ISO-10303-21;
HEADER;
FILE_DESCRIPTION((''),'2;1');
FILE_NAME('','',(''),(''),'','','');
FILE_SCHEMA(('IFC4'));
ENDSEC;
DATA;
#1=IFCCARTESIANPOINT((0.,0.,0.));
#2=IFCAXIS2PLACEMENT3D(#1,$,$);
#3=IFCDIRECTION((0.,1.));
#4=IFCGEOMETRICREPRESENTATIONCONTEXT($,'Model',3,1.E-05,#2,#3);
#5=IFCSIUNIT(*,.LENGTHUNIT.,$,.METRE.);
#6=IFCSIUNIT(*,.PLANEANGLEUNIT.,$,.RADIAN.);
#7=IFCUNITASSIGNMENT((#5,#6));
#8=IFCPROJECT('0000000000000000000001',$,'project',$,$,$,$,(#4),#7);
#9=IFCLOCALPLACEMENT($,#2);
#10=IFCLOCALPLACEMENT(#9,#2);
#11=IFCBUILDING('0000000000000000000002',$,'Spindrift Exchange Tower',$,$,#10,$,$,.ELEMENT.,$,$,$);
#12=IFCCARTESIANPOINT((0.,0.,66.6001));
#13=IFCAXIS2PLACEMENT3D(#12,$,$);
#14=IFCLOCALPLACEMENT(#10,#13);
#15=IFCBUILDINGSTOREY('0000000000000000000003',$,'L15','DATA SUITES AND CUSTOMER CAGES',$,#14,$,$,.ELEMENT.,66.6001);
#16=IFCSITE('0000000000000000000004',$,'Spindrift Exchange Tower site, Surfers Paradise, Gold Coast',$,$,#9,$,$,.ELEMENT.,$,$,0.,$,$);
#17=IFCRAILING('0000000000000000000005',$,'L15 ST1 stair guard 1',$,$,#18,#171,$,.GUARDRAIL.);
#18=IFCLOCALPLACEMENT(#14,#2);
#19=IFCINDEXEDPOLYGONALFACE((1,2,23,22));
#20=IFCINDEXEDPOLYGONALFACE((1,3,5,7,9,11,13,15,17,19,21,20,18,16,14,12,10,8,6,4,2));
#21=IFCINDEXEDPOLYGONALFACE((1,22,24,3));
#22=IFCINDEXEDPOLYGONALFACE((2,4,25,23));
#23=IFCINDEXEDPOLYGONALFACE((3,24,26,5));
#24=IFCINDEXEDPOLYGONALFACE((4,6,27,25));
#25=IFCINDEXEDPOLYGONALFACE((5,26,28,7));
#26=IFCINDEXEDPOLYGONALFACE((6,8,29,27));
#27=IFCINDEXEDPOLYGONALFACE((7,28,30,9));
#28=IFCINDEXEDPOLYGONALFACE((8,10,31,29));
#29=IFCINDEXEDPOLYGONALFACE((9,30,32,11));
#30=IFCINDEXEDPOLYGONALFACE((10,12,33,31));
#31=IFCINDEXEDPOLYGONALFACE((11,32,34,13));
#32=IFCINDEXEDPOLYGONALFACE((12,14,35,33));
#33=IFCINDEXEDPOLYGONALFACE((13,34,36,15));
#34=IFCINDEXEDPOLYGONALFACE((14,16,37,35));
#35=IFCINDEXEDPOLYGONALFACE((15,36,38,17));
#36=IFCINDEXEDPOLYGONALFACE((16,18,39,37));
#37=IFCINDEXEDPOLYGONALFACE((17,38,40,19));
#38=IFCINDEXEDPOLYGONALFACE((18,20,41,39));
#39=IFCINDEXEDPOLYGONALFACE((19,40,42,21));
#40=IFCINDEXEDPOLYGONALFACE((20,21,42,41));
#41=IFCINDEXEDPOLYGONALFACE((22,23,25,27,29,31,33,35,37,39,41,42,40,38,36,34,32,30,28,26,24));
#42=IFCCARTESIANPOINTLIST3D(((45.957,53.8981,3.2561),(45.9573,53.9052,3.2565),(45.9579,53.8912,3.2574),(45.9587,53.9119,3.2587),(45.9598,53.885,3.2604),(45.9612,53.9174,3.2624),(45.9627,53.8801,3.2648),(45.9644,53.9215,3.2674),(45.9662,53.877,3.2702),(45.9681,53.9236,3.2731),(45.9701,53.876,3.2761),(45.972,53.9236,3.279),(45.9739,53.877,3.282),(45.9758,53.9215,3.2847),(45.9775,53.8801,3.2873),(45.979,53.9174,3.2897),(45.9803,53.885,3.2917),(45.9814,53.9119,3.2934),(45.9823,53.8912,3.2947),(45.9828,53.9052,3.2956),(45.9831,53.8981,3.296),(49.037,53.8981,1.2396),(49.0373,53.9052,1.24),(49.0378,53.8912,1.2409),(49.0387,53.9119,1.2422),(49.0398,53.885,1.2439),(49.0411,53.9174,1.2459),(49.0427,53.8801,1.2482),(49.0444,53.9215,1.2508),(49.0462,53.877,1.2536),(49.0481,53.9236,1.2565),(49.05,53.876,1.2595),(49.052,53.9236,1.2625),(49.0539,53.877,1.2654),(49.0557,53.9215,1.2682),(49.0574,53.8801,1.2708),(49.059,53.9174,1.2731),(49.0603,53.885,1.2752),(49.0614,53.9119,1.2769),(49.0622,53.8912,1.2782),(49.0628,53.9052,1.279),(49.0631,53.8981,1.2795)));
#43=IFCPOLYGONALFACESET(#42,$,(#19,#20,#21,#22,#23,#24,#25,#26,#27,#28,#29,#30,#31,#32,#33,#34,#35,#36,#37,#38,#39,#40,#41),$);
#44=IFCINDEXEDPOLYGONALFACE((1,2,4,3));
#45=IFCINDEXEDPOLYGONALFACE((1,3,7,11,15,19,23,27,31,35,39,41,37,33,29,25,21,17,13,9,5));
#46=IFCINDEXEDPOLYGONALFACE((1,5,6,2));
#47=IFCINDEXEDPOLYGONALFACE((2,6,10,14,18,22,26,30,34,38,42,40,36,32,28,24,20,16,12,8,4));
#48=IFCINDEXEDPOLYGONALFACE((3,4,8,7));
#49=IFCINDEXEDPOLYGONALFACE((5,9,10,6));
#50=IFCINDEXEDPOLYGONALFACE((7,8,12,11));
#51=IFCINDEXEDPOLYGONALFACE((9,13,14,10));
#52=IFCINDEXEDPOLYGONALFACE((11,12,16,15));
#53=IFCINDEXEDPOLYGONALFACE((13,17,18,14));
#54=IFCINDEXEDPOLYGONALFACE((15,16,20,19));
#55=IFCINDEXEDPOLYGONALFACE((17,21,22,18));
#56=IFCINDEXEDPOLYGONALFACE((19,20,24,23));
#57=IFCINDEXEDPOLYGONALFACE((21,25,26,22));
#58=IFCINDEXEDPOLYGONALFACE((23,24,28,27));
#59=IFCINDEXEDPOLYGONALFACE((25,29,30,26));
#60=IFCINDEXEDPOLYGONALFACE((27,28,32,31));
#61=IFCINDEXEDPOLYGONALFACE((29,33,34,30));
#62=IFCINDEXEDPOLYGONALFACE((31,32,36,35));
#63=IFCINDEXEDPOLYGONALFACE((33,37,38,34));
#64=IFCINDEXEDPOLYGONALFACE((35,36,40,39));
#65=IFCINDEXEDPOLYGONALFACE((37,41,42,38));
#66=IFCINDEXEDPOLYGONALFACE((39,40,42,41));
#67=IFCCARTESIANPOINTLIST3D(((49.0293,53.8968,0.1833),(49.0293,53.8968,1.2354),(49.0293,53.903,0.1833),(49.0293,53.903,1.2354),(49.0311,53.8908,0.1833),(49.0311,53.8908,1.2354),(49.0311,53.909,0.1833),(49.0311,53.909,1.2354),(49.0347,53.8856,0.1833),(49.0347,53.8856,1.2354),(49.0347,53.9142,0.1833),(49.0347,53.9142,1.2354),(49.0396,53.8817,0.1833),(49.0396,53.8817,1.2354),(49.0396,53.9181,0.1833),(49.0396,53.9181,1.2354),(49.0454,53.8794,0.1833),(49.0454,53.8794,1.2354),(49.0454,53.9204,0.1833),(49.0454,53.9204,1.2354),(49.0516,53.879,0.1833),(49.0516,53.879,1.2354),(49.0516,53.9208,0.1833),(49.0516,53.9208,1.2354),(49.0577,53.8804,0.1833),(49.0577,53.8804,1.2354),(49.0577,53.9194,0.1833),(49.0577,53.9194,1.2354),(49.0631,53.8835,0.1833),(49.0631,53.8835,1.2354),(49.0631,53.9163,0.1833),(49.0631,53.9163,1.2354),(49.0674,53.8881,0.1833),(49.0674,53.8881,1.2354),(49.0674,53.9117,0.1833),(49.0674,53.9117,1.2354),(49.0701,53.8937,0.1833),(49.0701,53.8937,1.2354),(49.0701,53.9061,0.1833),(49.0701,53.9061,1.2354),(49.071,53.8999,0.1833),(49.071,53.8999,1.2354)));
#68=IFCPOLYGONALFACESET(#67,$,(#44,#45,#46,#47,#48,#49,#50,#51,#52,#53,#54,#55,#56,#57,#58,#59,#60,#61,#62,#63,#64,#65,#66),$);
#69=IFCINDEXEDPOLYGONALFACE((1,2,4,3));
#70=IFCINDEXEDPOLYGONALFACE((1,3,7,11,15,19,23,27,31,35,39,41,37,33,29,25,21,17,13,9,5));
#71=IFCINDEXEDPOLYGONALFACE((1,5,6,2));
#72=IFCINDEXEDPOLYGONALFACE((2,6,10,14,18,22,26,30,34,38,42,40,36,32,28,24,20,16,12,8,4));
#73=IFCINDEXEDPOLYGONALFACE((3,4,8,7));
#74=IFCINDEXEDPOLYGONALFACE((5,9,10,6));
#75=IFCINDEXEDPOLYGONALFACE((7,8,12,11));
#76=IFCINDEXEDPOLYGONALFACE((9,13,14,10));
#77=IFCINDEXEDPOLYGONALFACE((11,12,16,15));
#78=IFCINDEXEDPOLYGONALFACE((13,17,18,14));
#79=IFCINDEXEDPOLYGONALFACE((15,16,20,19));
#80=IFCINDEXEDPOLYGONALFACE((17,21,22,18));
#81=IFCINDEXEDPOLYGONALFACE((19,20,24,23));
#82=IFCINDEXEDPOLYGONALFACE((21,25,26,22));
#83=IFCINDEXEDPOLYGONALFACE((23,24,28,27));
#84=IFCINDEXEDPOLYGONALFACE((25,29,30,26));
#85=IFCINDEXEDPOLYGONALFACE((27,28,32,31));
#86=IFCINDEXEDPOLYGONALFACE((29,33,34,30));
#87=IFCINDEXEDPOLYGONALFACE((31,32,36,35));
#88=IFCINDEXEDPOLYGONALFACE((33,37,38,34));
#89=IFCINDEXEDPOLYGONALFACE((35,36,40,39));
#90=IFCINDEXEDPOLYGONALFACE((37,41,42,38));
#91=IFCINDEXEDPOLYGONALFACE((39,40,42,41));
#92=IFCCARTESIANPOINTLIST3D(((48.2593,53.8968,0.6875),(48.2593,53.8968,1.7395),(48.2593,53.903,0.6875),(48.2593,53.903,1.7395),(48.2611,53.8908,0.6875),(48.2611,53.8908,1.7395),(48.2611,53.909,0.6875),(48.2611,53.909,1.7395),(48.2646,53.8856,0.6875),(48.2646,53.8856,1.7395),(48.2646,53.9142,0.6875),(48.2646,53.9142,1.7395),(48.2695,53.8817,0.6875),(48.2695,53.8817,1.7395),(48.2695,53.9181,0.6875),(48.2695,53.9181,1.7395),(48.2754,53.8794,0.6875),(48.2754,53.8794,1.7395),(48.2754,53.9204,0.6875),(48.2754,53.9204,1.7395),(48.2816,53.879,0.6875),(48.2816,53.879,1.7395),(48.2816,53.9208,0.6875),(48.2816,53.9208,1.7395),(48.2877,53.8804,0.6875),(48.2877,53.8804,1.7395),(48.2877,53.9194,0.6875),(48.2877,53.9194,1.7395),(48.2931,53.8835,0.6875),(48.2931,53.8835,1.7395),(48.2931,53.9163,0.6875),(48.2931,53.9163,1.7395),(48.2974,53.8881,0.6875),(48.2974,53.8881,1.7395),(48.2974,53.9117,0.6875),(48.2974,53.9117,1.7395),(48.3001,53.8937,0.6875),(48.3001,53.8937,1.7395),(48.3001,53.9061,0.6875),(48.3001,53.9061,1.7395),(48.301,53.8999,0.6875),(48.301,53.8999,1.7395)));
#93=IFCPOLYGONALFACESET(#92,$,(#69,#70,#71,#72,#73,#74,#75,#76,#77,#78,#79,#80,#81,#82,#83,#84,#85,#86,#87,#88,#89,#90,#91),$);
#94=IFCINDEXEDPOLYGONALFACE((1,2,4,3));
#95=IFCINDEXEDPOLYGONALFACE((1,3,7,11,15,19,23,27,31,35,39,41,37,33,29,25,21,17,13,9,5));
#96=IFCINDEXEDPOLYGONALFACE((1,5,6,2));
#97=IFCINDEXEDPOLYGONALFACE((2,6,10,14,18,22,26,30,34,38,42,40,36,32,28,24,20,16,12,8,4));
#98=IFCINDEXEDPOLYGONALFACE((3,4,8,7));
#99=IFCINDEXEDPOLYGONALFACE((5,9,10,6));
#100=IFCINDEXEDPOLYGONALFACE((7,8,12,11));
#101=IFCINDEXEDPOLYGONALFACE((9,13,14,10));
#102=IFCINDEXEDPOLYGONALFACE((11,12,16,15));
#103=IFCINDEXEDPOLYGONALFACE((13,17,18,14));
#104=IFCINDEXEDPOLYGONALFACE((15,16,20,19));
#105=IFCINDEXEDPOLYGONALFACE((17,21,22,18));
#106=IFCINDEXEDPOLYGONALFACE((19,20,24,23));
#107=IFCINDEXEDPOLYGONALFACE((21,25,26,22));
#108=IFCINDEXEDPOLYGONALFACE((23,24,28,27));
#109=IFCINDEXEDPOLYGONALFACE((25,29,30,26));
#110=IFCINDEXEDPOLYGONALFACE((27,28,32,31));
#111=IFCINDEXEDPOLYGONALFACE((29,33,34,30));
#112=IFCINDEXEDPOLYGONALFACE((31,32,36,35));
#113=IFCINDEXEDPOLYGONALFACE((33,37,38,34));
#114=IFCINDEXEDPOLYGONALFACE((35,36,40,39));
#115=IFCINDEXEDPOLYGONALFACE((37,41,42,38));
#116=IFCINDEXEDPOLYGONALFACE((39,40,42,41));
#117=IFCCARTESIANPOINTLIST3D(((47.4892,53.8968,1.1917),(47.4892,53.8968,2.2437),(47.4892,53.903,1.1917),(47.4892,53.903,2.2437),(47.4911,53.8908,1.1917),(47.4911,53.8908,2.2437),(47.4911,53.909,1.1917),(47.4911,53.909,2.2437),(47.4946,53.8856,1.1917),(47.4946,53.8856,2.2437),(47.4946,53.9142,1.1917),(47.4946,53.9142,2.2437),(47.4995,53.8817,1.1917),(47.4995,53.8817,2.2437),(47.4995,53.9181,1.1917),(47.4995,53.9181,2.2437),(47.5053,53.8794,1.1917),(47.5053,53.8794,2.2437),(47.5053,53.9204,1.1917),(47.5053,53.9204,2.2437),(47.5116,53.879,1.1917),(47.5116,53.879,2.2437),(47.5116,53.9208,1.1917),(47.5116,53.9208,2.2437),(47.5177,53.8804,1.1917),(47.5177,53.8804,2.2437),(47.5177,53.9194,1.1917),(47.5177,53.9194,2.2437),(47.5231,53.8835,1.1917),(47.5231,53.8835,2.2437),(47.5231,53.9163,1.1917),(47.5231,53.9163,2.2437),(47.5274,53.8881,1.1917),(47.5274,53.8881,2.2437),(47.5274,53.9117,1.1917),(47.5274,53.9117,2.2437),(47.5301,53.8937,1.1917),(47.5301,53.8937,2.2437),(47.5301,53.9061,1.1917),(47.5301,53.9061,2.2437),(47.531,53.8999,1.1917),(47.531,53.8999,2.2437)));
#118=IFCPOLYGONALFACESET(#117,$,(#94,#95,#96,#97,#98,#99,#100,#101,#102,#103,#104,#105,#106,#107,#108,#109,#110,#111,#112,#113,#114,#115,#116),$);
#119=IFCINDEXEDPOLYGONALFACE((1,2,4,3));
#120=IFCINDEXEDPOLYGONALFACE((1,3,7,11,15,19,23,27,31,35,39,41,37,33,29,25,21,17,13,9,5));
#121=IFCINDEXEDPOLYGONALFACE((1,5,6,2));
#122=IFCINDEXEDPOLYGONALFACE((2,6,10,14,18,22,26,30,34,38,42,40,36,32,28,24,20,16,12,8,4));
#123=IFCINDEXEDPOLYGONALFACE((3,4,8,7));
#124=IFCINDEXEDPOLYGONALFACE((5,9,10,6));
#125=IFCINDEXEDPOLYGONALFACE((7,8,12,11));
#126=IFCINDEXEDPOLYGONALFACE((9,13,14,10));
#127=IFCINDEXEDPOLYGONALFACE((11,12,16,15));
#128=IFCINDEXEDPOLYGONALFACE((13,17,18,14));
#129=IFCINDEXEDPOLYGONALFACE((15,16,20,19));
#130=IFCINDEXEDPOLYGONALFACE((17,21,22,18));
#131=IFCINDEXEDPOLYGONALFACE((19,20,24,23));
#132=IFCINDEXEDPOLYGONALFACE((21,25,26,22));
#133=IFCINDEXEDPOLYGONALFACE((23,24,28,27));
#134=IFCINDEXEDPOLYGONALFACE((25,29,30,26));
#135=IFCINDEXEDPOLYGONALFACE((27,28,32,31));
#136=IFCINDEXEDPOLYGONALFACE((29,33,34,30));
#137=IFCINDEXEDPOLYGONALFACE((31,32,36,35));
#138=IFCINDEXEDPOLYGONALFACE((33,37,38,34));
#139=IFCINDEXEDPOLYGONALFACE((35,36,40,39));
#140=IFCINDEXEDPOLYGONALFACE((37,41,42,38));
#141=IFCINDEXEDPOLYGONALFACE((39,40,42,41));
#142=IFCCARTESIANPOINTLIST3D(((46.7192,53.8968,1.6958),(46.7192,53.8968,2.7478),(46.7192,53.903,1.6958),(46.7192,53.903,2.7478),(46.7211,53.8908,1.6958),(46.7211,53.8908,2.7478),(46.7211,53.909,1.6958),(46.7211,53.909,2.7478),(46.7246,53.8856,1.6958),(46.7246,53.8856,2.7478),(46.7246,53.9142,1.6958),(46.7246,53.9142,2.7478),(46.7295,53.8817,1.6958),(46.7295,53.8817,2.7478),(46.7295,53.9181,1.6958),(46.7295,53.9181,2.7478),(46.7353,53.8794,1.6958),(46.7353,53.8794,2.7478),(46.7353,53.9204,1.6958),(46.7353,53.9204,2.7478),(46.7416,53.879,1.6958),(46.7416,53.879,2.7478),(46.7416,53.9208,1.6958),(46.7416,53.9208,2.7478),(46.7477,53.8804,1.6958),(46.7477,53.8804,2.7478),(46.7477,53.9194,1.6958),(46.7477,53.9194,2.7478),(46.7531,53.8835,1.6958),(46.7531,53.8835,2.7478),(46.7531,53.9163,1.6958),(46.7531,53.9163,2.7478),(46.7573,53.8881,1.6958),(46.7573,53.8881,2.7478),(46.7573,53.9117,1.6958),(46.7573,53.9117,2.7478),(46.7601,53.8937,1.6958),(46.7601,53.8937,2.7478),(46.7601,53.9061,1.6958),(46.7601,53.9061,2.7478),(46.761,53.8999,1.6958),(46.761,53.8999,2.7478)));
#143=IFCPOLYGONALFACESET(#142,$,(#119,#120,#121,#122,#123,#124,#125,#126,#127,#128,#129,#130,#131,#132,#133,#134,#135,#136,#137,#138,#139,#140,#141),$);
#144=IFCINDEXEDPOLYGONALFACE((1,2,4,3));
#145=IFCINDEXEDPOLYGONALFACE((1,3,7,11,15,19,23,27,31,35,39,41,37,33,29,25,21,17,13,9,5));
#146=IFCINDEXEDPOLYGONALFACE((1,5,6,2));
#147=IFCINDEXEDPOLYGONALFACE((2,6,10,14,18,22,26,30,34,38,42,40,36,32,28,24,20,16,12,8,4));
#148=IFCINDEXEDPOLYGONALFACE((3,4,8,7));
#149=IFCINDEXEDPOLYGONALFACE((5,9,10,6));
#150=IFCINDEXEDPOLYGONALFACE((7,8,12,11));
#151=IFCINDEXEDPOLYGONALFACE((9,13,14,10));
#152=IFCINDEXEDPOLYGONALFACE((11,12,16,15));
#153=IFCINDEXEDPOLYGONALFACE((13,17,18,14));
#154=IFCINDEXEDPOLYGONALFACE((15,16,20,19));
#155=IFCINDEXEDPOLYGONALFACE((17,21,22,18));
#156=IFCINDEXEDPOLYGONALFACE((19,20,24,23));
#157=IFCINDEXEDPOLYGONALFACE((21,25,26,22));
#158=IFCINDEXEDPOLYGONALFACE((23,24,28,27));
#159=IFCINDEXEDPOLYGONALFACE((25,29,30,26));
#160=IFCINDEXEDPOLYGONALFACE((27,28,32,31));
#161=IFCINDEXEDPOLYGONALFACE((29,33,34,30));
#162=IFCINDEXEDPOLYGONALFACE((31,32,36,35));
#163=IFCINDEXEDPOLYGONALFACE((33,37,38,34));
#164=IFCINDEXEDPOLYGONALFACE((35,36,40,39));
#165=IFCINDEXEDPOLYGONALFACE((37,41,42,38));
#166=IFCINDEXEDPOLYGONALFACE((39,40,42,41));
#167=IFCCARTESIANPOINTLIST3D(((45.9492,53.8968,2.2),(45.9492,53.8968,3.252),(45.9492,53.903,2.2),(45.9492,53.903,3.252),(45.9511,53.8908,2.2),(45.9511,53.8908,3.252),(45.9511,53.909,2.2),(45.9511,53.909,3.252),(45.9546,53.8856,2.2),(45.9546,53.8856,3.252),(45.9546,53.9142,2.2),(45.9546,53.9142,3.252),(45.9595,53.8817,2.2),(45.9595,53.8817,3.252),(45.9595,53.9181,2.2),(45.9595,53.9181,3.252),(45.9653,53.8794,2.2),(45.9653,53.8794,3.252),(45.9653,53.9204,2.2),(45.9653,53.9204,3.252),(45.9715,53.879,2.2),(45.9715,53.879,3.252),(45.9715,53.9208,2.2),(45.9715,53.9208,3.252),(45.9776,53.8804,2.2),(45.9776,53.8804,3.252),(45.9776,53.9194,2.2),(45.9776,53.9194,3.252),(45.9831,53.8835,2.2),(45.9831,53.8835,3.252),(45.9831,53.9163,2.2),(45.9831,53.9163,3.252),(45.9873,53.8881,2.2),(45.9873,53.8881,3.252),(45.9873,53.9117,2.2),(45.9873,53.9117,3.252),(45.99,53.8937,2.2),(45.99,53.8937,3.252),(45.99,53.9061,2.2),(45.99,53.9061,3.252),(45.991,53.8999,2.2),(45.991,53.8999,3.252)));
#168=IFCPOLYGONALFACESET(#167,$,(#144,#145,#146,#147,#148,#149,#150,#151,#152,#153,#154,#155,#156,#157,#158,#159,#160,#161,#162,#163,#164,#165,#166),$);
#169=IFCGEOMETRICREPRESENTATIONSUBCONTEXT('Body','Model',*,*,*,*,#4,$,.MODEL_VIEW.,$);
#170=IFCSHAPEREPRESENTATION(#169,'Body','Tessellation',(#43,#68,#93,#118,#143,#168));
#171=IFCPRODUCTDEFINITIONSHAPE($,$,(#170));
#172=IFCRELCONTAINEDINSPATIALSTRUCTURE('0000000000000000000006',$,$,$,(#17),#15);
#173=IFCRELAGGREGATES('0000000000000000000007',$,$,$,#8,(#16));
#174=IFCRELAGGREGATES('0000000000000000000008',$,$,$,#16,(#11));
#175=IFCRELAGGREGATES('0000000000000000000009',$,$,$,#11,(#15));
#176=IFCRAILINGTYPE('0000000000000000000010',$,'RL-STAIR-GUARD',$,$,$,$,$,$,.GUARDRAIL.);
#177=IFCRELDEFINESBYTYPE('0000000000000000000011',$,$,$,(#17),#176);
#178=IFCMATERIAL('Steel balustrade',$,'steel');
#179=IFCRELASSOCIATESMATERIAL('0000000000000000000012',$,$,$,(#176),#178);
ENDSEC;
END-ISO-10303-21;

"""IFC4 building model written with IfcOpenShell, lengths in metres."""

from ifc_helpers import new_model, si_unit, direction, frame, origin, origin_2d, place, context, subcontext, project, spatial, circle, extrude, material, type_object, element, save


model = new_model("IFC4")

# Units and contexts
model_context = context("Model", 3, precision=1e-05, world=origin(), true_north=direction((0.0, 1.0)))
body_context = subcontext(model_context, "Body", "Model", "MODEL_VIEW")
ifc_project = project(units=[si_unit("LENGTHUNIT", "METRE"), si_unit("PLANEANGLEUNIT", "RADIAN")], contexts=[model_context])

# Site, building, storey
site_placement = place(None, origin())
site = spatial("IfcSite", under=ifc_project, at=site_placement, Name="Spindrift Exchange Tower site, Surfers Paradise, Gold Coast", CompositionType="ELEMENT", RefElevation=0.0)
building_placement = place(site_placement, origin())
building = spatial("IfcBuilding", under=site, at=building_placement, Name="Spindrift Exchange Tower", CompositionType="ELEMENT")
storey_placement = place(building_placement, frame((0.0, 0.0, 66.6001)))
storey = spatial("IfcBuildingStorey", under=building, at=storey_placement, Name="L15", Description="DATA SUITES AND CUSTOMER CAGES", CompositionType="ELEMENT", Elevation=66.6001)

# Railing
ifc_material_1 = material(Name="Steel balustrade", Category="steel")
railing_type_1 = type_object("IfcRailingType", Name="RL-STAIR-GUARD", PredefinedType="GUARDRAIL", material=ifc_material_1)
railing_1_placement = place(storey_placement, frame((49.05, 53.8999, 0.1833)))
element("IfcRailing", 1, at=railing_1_placement, inside=storey, type_object=railing_type_1, Name="L15 ST1 stair guard 1", PredefinedType="GUARDRAIL", context=body_context, shape_type="SweptSolid", body=[
    extrude(circle(Radius=0.0239, at=origin_2d()), frame((0.0, 0.0, 1.0762), z_axis=(-0.836633, 0.0, 0.547764), x_axis=(0.0, -1.0, 0.0)), (0.0, 0.0, 1.0), 3.6814),
    extrude(circle(Radius=0.021, at=origin_2d()), origin(), (0.0, 0.0, 1.0), 1.052),
    extrude(circle(Radius=0.021, at=origin_2d()), frame((-0.77, 0.0, 0.5042)), (0.0, 0.0, 1.0), 1.052),
    extrude(circle(Radius=0.021, at=origin_2d()), frame((-1.54, 0.0, 1.0083)), (0.0, 0.0, 1.0), 1.052),
    extrude(circle(Radius=0.021, at=origin_2d()), frame((-2.3101, 0.0, 1.5125)), (0.0, 0.0, 1.0), 1.052),
    extrude(circle(Radius=0.021, at=origin_2d()), frame((-3.0801, 0.0, 2.0166)), (0.0, 0.0, 1.0), 1.052),
])

save(model, "model.ifc")
